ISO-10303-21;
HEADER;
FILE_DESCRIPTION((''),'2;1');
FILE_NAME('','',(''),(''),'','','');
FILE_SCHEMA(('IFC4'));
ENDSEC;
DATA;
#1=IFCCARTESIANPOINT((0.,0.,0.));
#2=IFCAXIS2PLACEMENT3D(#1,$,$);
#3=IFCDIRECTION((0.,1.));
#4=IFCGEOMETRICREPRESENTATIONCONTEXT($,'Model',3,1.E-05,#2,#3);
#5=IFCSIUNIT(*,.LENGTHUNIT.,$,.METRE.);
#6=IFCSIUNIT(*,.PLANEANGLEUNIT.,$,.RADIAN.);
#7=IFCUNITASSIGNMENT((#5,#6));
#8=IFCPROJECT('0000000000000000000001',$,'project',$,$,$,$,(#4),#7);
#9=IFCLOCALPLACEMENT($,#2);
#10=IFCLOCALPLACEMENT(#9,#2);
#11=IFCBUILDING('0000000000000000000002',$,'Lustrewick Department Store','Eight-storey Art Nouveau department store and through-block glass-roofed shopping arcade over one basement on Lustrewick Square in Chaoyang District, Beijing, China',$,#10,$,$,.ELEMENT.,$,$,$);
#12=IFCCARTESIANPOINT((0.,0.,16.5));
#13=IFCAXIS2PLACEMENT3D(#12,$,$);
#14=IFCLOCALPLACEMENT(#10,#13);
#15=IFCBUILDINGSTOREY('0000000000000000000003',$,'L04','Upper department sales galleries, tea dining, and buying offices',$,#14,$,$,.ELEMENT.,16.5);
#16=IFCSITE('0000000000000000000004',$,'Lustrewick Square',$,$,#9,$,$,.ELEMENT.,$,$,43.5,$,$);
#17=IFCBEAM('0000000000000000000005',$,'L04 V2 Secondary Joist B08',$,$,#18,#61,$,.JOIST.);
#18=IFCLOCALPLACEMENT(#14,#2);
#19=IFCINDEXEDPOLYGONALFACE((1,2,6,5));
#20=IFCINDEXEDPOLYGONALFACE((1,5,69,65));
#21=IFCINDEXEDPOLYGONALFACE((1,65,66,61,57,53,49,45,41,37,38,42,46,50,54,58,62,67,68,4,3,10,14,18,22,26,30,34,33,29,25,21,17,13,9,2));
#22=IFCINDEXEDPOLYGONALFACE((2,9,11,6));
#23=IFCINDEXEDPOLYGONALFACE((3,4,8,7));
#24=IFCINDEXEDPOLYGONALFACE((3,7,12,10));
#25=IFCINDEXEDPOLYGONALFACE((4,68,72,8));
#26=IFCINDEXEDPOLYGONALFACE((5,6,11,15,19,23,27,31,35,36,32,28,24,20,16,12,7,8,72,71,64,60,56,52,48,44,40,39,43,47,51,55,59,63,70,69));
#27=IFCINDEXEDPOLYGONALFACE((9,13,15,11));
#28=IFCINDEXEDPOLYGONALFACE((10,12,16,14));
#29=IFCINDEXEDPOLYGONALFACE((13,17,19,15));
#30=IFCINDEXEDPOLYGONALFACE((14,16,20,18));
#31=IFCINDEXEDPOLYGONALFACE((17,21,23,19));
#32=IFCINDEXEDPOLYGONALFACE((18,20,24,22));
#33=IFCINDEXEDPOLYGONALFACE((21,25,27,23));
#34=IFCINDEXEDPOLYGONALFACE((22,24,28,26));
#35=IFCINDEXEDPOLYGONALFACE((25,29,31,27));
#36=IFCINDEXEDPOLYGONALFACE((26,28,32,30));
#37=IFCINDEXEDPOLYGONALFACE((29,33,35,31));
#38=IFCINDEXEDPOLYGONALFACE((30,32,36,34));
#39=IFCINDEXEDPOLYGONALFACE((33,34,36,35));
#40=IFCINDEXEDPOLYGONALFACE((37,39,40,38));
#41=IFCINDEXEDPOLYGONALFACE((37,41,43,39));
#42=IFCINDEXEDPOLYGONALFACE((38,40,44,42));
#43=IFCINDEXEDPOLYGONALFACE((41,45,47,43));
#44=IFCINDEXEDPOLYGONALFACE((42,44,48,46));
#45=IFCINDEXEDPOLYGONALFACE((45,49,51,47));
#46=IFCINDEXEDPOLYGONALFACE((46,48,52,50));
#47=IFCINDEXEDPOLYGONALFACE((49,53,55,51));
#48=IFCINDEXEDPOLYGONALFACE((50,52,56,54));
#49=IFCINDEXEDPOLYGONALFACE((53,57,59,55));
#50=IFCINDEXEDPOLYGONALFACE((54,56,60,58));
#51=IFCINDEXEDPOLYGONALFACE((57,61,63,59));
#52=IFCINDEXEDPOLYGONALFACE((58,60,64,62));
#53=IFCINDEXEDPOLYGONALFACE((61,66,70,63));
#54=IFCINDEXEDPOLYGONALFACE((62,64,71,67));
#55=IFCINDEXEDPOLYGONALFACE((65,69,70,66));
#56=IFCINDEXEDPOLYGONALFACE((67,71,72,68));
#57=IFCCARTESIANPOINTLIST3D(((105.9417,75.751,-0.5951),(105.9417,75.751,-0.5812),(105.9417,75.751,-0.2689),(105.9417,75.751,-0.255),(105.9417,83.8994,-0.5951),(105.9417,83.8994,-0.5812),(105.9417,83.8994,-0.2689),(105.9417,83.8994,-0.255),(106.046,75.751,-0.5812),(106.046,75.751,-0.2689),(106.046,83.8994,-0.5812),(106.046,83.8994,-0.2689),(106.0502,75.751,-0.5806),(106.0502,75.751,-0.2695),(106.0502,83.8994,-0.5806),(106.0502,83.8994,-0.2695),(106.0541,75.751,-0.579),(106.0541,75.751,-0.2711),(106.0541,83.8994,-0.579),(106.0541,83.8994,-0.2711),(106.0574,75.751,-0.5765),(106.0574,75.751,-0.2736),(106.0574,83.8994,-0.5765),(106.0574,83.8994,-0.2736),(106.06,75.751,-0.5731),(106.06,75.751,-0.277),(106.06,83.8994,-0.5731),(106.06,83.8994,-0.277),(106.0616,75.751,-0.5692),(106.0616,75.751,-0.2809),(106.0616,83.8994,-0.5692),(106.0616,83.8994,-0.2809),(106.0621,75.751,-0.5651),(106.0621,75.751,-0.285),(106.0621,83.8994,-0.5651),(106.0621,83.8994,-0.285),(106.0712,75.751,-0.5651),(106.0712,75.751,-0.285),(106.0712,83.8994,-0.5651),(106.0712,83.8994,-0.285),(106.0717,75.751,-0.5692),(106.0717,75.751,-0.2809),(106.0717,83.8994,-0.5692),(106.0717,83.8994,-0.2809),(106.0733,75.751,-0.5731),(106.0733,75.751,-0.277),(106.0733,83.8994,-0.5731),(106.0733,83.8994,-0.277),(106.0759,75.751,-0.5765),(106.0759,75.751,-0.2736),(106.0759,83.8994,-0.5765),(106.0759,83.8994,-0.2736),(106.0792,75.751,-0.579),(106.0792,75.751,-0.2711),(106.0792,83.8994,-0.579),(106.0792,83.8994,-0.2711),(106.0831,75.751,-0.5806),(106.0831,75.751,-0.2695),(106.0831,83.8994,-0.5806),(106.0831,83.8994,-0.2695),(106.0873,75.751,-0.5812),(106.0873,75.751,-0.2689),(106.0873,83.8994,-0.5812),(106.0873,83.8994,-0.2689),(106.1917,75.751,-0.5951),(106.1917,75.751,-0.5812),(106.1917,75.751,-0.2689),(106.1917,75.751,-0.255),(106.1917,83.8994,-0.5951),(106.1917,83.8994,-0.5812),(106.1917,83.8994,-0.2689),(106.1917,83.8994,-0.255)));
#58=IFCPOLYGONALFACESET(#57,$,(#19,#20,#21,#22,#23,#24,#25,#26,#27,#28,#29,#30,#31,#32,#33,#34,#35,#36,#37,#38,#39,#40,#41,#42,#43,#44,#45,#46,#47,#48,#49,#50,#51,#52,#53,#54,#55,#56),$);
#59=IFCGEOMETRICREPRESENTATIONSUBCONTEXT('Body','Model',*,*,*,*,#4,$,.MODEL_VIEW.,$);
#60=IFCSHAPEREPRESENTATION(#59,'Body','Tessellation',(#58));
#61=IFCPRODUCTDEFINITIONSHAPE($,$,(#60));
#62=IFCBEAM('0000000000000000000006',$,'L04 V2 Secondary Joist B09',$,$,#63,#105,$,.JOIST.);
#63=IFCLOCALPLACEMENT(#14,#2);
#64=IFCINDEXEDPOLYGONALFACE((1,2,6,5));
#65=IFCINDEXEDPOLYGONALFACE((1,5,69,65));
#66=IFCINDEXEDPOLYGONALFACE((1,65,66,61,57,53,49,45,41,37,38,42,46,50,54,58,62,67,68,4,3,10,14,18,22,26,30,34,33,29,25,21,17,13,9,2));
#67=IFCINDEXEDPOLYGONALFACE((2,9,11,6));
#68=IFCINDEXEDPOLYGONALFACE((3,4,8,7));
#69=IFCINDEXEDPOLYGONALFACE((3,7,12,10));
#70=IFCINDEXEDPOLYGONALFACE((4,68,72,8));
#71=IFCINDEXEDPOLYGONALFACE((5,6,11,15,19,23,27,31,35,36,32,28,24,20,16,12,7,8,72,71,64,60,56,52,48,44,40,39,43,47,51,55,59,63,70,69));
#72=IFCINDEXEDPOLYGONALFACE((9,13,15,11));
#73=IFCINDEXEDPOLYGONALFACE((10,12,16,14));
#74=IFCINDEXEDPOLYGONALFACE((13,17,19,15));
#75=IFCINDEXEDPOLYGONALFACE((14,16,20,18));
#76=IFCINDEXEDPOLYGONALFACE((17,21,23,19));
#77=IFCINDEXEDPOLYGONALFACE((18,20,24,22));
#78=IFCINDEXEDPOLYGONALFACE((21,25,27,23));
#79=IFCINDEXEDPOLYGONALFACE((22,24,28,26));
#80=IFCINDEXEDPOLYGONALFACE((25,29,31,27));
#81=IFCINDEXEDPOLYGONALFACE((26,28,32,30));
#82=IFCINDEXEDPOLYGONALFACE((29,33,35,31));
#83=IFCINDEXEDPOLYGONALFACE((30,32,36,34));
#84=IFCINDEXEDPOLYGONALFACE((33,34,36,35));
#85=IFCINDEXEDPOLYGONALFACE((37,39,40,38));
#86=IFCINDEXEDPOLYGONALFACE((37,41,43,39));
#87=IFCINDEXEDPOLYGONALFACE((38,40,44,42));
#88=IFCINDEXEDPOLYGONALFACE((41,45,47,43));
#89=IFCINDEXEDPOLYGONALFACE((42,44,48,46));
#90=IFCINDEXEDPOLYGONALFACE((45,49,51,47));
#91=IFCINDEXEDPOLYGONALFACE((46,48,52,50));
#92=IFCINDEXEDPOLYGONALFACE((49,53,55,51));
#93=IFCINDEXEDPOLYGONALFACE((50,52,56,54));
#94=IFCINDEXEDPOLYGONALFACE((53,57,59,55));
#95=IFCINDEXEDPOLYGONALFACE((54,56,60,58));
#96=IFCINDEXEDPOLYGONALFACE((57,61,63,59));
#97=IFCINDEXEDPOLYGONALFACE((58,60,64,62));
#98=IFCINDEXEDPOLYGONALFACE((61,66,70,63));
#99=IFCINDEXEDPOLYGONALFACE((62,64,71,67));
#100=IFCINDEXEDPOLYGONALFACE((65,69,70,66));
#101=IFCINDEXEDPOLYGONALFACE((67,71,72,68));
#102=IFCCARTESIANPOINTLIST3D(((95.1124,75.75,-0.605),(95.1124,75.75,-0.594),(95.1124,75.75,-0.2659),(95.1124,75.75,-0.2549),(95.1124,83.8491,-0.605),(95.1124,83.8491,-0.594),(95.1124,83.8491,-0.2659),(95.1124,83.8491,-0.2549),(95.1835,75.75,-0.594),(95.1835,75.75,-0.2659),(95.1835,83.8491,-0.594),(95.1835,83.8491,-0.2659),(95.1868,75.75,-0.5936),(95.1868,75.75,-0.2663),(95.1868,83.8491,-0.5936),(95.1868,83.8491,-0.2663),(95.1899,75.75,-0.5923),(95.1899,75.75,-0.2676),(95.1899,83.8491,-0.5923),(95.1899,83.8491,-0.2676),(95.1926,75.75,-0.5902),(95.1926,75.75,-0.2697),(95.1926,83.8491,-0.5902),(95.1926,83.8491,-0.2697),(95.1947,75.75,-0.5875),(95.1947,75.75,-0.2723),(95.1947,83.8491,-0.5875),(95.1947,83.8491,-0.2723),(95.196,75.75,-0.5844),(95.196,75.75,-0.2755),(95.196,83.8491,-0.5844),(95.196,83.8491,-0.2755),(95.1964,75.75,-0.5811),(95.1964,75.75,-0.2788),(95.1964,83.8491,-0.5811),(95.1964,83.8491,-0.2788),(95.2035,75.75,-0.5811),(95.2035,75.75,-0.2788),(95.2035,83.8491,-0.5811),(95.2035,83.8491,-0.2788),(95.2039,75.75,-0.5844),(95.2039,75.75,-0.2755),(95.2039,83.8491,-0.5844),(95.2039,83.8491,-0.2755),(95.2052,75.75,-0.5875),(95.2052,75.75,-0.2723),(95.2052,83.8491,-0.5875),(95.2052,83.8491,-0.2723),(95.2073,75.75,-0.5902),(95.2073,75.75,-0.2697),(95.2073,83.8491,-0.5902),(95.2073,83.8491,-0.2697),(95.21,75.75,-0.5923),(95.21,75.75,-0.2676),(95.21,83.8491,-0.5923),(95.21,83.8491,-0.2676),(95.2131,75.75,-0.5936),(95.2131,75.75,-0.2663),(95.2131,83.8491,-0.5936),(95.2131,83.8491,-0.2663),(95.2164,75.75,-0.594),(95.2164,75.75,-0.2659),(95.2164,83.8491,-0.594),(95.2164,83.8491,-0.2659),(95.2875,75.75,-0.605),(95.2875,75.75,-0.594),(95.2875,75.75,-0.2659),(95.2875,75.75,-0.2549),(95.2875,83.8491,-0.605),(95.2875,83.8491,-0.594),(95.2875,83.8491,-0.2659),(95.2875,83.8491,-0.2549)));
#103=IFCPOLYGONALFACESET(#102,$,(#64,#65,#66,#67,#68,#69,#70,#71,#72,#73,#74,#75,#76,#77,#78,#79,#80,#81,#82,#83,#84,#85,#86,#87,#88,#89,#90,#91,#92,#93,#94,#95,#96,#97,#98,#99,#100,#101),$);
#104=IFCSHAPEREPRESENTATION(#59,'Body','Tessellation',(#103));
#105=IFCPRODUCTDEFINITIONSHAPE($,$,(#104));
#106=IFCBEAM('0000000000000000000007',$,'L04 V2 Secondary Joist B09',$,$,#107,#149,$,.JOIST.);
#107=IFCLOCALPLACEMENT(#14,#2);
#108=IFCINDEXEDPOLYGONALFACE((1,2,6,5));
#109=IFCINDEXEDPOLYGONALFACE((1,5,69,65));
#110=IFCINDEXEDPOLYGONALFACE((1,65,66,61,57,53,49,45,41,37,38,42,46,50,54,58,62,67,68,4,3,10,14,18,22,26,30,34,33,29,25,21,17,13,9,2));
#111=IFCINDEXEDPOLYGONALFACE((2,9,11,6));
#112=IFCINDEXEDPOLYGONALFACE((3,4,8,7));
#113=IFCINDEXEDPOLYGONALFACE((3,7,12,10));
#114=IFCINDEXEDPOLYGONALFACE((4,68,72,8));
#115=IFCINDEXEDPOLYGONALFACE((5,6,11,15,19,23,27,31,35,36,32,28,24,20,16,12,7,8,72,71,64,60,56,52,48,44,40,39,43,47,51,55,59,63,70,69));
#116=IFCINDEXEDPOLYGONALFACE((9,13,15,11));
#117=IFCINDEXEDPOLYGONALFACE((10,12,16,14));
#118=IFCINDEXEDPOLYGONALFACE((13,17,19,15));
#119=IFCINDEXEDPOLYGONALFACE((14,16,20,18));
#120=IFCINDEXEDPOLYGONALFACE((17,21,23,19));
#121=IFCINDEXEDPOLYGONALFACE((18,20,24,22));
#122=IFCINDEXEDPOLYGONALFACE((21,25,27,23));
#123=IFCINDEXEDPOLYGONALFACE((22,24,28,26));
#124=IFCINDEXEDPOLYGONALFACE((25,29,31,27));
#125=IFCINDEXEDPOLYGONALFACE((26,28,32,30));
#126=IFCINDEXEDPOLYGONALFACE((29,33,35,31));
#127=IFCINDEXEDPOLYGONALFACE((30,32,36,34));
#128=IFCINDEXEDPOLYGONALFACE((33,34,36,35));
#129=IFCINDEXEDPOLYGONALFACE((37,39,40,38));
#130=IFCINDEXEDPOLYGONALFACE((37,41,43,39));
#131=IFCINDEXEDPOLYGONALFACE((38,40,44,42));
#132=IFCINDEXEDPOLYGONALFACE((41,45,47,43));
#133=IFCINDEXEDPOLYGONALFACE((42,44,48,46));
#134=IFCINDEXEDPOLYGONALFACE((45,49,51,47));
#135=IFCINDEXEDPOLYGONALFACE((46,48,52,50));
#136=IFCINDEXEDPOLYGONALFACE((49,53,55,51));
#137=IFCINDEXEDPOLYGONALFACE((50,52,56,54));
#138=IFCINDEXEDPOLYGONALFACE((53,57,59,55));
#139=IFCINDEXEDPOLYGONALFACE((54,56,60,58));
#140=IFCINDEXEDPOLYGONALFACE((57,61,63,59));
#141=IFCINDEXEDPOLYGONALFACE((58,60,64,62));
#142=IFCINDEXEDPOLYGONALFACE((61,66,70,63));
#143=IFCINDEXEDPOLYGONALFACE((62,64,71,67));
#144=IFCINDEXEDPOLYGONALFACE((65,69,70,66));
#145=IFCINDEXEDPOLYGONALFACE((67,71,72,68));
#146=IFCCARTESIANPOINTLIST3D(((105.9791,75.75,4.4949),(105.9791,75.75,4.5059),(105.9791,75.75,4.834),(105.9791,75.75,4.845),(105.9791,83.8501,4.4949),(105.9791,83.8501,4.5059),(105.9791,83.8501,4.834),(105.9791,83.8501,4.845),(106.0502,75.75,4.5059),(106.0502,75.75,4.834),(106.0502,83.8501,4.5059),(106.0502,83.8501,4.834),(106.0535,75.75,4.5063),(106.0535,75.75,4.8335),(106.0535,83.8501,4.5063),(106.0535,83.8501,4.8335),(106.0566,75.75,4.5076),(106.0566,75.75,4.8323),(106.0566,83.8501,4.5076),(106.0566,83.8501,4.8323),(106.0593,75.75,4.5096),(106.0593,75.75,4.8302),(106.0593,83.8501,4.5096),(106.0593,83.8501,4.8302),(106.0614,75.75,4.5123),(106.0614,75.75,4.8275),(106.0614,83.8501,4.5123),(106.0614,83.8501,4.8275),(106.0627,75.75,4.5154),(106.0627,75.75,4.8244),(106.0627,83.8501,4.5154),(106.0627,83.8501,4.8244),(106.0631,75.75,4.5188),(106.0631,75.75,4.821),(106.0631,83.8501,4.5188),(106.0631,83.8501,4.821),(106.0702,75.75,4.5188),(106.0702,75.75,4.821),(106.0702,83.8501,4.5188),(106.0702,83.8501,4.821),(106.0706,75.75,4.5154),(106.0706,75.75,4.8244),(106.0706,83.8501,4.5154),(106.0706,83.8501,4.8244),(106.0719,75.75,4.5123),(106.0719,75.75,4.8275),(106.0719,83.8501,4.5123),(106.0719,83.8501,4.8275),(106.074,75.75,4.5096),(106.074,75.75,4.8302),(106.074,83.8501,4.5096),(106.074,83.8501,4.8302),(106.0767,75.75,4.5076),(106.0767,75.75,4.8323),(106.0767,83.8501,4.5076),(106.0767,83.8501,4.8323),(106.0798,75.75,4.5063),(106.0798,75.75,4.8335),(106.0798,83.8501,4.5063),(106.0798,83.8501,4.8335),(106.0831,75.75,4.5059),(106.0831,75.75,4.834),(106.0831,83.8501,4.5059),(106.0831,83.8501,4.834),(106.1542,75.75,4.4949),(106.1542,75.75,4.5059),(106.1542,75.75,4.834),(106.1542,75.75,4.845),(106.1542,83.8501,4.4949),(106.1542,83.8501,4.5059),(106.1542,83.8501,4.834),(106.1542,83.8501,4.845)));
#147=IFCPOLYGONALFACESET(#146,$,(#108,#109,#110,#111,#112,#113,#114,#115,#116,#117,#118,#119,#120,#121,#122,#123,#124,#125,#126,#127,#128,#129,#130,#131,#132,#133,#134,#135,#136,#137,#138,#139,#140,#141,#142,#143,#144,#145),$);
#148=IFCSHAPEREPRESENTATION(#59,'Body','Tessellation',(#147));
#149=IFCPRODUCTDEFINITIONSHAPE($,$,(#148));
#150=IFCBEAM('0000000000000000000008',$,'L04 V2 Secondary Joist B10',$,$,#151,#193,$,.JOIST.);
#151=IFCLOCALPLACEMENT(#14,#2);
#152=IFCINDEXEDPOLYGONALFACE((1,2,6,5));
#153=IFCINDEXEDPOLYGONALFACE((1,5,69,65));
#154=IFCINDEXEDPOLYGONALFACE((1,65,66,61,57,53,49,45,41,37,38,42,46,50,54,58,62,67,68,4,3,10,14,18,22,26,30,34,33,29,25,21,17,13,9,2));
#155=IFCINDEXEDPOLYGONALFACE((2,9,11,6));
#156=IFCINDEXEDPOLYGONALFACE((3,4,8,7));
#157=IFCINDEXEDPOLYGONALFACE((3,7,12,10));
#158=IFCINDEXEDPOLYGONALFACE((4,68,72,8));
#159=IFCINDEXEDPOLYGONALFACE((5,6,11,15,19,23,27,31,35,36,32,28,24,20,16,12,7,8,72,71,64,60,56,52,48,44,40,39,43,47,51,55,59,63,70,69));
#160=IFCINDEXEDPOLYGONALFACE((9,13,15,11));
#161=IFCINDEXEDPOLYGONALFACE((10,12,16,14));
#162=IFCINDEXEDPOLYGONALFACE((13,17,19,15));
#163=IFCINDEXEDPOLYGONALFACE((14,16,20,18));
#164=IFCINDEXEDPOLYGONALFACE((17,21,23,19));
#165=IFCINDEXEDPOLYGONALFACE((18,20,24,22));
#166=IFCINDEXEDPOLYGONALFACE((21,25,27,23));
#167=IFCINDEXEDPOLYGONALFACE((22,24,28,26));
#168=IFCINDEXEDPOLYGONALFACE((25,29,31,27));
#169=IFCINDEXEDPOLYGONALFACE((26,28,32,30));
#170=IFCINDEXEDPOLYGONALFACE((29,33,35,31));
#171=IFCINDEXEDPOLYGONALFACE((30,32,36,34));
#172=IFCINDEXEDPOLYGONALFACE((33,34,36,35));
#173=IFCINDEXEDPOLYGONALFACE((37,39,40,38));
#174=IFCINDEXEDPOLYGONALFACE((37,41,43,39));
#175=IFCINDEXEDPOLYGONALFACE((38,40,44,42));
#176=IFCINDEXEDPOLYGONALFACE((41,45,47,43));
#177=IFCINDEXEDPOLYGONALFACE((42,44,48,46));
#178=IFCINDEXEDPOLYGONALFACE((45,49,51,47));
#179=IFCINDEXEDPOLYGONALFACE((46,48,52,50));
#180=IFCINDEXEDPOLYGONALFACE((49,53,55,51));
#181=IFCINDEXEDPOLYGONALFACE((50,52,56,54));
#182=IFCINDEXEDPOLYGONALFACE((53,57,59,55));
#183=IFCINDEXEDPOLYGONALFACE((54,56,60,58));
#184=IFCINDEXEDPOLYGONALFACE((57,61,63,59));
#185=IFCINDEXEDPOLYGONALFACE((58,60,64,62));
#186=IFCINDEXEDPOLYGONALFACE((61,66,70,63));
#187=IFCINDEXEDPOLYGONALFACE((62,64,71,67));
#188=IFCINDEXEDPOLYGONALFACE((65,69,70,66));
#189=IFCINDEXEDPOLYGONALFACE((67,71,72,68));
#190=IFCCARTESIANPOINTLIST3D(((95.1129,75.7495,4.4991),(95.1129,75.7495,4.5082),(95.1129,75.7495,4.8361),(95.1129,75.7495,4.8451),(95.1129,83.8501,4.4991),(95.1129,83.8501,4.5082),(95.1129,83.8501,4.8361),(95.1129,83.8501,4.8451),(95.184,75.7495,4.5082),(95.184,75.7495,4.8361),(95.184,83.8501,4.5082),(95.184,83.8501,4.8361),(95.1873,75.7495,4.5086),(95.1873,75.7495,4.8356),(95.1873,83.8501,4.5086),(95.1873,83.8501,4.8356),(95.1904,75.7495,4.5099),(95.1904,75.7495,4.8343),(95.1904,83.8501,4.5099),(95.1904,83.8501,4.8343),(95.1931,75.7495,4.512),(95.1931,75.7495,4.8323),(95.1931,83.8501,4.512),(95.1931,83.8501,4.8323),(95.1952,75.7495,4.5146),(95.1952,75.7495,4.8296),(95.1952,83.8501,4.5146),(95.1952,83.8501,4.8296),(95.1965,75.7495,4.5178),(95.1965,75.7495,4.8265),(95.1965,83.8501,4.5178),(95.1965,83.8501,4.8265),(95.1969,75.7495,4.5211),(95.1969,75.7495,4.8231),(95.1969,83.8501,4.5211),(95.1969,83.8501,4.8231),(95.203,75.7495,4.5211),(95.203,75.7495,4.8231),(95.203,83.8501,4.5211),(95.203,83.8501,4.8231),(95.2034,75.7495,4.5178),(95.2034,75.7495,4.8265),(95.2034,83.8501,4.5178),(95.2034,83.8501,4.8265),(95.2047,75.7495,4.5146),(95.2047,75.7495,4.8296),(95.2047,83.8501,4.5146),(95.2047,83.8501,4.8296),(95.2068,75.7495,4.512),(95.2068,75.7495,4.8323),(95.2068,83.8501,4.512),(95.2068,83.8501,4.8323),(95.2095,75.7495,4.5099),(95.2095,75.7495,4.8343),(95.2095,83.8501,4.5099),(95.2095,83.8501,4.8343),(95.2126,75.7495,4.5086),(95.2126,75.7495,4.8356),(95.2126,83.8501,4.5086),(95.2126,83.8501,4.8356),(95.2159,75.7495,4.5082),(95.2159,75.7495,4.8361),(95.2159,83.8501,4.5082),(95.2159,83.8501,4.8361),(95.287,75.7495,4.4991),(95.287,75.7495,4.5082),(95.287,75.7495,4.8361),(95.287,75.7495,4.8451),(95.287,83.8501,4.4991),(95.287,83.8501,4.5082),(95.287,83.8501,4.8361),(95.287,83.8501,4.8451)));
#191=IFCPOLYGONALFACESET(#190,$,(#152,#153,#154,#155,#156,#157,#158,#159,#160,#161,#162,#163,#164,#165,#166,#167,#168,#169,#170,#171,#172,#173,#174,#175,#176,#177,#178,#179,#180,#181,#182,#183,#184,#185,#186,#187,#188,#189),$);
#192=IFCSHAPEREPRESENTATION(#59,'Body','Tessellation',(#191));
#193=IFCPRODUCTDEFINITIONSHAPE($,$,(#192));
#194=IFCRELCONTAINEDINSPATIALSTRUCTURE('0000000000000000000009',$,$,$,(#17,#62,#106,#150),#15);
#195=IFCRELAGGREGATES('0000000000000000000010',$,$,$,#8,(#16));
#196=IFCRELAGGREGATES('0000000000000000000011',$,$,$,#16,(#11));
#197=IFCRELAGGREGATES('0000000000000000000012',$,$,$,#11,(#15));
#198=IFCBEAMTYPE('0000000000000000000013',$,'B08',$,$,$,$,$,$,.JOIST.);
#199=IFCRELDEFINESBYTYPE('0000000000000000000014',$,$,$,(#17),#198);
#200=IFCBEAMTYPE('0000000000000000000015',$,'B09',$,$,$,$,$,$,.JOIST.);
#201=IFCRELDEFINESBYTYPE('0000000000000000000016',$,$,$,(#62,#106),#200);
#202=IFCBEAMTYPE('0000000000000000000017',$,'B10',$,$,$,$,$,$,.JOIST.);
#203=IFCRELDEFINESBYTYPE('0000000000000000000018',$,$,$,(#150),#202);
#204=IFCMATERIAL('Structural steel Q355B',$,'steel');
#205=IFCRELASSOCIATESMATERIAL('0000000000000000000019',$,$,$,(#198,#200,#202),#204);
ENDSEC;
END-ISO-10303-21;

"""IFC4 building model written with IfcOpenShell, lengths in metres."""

from ifc_helpers import new_model, si_unit, direction, frame, origin, origin_2d, place, context, subcontext, project, spatial, i_section, extrude, material, material_profile, profile_set, type_object, element, save


model = new_model("IFC4")

# Units and contexts
model_context = context("Model", 3, precision=1e-05, world=origin(), true_north=direction((0.0, 1.0)))
body_context = subcontext(model_context, "Body", "Model", "MODEL_VIEW")
ifc_project = project(units=[si_unit("LENGTHUNIT", "METRE"), si_unit("PLANEANGLEUNIT", "RADIAN")], contexts=[model_context])

# Site, building, storey
site_placement = place(None, origin())
site = spatial("IfcSite", under=ifc_project, at=site_placement, Name="Lustrewick Square", CompositionType="ELEMENT", RefElevation=43.5)
building_placement = place(site_placement, origin())
building = spatial("IfcBuilding", under=site, at=building_placement, Name="Lustrewick Department Store", Description="Eight-storey Art Nouveau department store and through-block glass-roofed shopping arcade over one basement on Lustrewick Square in Chaoyang District, Beijing, China", CompositionType="ELEMENT")
storey_placement = place(building_placement, frame((0.0, 0.0, 16.5)))
storey = spatial("IfcBuildingStorey", under=building, at=storey_placement, Name="L04", Description="Upper department sales galleries, tea dining, and buying offices", CompositionType="ELEMENT", Elevation=16.5)

# Shared definitions
ifc_material_1 = material(Name="Structural steel Q355B", Category="steel")

# Beams
ifc_material_profile_1 = material_profile(ifc_material_1, i_section(OverallWidth=0.25, OverallDepth=0.3401, WebThickness=0.009, FlangeThickness=0.0139, FilletRadius=0.0161, at=origin_2d()), Name="HM 340x250x9x14")
ifc_profile_set_1 = profile_set([ifc_material_profile_1], Name="Structural steel Q355B")
beam_type_1 = type_object("IfcBeamType", Name="B08", PredefinedType="JOIST", material=ifc_profile_set_1)
beam_1_placement = place(storey_placement, frame((106.0667, 75.751, -0.425), z_axis=(0.0, 1.0, 0.0), x_axis=(-1.0, 0.0, 0.0)))
element("IfcBeam", 1, at=beam_1_placement, inside=storey, type_object=beam_type_1, Name="L04 V2 Secondary Joist B08", PredefinedType="JOIST", context=body_context, shape_type="SweptSolid", body=[
    extrude(i_section(OverallWidth=0.25, OverallDepth=0.3401, WebThickness=0.009, FlangeThickness=0.0139, FilletRadius=0.0161, at=origin_2d()), origin(), (0.0, 0.0, 1.0), 8.1484),
])
ifc_material_profile_2 = material_profile(ifc_material_1, i_section(OverallWidth=0.175, OverallDepth=0.3501, WebThickness=0.0071, FlangeThickness=0.011, FilletRadius=0.0129, at=origin_2d()), Name="HN 350x175x7x11")
ifc_profile_set_2 = profile_set([ifc_material_profile_2], Name="Structural steel Q355B")
beam_type_2 = type_object("IfcBeamType", Name="B09", PredefinedType="JOIST", material=ifc_profile_set_2)
beam_2_placement = place(storey_placement, frame((95.2, 75.75, -0.4299), z_axis=(0.0, 1.0, 0.0), x_axis=(-1.0, 0.0, 0.0)))
element("IfcBeam", 2, at=beam_2_placement, inside=storey, type_object=beam_type_2, Name="L04 V2 Secondary Joist B09", PredefinedType="JOIST", context=body_context, shape_type="SweptSolid", body=[
    extrude(i_section(OverallWidth=0.175, OverallDepth=0.3501, WebThickness=0.0071, FlangeThickness=0.011, FilletRadius=0.0129, at=origin_2d()), origin(), (0.0, 0.0, 1.0), 8.0991),
])
beam_3_placement = place(storey_placement, frame((106.0667, 75.75, 4.6699), z_axis=(0.0, 1.0, 0.0), x_axis=(-1.0, 0.0, 0.0)))
element("IfcBeam", 3, at=beam_3_placement, inside=storey, type_object=beam_type_2, Name="L04 V2 Secondary Joist B09", PredefinedType="JOIST", context=body_context, shape_type="SweptSolid", body=[
    extrude(i_section(OverallWidth=0.175, OverallDepth=0.3501, WebThickness=0.0071, FlangeThickness=0.011, FilletRadius=0.0129, at=origin_2d()), origin(), (0.0, 0.0, 1.0), 8.1001),
])
ifc_material_profile_3 = material_profile(ifc_material_1, i_section(OverallWidth=0.1741, OverallDepth=0.3459, WebThickness=0.0061, FlangeThickness=0.009, FilletRadius=0.0129, at=origin_2d()), Name="HN 346x174x6x9")
ifc_profile_set_3 = profile_set([ifc_material_profile_3], Name="Structural steel Q355B")
beam_type_3 = type_object("IfcBeamType", Name="B10", PredefinedType="JOIST", material=ifc_profile_set_3)
beam_4_placement = place(storey_placement, frame((95.2, 75.7495, 4.6721), z_axis=(0.0, 1.0, 0.0), x_axis=(-1.0, 0.0, 0.0)))
element("IfcBeam", 4, at=beam_4_placement, inside=storey, type_object=beam_type_3, Name="L04 V2 Secondary Joist B10", PredefinedType="JOIST", context=body_context, shape_type="SweptSolid", body=[
    extrude(i_section(OverallWidth=0.1741, OverallDepth=0.3459, WebThickness=0.0061, FlangeThickness=0.009, FilletRadius=0.0129, at=origin_2d()), origin(), (0.0, 0.0, 1.0), 8.1006),
])

save(model, "model.ifc")
